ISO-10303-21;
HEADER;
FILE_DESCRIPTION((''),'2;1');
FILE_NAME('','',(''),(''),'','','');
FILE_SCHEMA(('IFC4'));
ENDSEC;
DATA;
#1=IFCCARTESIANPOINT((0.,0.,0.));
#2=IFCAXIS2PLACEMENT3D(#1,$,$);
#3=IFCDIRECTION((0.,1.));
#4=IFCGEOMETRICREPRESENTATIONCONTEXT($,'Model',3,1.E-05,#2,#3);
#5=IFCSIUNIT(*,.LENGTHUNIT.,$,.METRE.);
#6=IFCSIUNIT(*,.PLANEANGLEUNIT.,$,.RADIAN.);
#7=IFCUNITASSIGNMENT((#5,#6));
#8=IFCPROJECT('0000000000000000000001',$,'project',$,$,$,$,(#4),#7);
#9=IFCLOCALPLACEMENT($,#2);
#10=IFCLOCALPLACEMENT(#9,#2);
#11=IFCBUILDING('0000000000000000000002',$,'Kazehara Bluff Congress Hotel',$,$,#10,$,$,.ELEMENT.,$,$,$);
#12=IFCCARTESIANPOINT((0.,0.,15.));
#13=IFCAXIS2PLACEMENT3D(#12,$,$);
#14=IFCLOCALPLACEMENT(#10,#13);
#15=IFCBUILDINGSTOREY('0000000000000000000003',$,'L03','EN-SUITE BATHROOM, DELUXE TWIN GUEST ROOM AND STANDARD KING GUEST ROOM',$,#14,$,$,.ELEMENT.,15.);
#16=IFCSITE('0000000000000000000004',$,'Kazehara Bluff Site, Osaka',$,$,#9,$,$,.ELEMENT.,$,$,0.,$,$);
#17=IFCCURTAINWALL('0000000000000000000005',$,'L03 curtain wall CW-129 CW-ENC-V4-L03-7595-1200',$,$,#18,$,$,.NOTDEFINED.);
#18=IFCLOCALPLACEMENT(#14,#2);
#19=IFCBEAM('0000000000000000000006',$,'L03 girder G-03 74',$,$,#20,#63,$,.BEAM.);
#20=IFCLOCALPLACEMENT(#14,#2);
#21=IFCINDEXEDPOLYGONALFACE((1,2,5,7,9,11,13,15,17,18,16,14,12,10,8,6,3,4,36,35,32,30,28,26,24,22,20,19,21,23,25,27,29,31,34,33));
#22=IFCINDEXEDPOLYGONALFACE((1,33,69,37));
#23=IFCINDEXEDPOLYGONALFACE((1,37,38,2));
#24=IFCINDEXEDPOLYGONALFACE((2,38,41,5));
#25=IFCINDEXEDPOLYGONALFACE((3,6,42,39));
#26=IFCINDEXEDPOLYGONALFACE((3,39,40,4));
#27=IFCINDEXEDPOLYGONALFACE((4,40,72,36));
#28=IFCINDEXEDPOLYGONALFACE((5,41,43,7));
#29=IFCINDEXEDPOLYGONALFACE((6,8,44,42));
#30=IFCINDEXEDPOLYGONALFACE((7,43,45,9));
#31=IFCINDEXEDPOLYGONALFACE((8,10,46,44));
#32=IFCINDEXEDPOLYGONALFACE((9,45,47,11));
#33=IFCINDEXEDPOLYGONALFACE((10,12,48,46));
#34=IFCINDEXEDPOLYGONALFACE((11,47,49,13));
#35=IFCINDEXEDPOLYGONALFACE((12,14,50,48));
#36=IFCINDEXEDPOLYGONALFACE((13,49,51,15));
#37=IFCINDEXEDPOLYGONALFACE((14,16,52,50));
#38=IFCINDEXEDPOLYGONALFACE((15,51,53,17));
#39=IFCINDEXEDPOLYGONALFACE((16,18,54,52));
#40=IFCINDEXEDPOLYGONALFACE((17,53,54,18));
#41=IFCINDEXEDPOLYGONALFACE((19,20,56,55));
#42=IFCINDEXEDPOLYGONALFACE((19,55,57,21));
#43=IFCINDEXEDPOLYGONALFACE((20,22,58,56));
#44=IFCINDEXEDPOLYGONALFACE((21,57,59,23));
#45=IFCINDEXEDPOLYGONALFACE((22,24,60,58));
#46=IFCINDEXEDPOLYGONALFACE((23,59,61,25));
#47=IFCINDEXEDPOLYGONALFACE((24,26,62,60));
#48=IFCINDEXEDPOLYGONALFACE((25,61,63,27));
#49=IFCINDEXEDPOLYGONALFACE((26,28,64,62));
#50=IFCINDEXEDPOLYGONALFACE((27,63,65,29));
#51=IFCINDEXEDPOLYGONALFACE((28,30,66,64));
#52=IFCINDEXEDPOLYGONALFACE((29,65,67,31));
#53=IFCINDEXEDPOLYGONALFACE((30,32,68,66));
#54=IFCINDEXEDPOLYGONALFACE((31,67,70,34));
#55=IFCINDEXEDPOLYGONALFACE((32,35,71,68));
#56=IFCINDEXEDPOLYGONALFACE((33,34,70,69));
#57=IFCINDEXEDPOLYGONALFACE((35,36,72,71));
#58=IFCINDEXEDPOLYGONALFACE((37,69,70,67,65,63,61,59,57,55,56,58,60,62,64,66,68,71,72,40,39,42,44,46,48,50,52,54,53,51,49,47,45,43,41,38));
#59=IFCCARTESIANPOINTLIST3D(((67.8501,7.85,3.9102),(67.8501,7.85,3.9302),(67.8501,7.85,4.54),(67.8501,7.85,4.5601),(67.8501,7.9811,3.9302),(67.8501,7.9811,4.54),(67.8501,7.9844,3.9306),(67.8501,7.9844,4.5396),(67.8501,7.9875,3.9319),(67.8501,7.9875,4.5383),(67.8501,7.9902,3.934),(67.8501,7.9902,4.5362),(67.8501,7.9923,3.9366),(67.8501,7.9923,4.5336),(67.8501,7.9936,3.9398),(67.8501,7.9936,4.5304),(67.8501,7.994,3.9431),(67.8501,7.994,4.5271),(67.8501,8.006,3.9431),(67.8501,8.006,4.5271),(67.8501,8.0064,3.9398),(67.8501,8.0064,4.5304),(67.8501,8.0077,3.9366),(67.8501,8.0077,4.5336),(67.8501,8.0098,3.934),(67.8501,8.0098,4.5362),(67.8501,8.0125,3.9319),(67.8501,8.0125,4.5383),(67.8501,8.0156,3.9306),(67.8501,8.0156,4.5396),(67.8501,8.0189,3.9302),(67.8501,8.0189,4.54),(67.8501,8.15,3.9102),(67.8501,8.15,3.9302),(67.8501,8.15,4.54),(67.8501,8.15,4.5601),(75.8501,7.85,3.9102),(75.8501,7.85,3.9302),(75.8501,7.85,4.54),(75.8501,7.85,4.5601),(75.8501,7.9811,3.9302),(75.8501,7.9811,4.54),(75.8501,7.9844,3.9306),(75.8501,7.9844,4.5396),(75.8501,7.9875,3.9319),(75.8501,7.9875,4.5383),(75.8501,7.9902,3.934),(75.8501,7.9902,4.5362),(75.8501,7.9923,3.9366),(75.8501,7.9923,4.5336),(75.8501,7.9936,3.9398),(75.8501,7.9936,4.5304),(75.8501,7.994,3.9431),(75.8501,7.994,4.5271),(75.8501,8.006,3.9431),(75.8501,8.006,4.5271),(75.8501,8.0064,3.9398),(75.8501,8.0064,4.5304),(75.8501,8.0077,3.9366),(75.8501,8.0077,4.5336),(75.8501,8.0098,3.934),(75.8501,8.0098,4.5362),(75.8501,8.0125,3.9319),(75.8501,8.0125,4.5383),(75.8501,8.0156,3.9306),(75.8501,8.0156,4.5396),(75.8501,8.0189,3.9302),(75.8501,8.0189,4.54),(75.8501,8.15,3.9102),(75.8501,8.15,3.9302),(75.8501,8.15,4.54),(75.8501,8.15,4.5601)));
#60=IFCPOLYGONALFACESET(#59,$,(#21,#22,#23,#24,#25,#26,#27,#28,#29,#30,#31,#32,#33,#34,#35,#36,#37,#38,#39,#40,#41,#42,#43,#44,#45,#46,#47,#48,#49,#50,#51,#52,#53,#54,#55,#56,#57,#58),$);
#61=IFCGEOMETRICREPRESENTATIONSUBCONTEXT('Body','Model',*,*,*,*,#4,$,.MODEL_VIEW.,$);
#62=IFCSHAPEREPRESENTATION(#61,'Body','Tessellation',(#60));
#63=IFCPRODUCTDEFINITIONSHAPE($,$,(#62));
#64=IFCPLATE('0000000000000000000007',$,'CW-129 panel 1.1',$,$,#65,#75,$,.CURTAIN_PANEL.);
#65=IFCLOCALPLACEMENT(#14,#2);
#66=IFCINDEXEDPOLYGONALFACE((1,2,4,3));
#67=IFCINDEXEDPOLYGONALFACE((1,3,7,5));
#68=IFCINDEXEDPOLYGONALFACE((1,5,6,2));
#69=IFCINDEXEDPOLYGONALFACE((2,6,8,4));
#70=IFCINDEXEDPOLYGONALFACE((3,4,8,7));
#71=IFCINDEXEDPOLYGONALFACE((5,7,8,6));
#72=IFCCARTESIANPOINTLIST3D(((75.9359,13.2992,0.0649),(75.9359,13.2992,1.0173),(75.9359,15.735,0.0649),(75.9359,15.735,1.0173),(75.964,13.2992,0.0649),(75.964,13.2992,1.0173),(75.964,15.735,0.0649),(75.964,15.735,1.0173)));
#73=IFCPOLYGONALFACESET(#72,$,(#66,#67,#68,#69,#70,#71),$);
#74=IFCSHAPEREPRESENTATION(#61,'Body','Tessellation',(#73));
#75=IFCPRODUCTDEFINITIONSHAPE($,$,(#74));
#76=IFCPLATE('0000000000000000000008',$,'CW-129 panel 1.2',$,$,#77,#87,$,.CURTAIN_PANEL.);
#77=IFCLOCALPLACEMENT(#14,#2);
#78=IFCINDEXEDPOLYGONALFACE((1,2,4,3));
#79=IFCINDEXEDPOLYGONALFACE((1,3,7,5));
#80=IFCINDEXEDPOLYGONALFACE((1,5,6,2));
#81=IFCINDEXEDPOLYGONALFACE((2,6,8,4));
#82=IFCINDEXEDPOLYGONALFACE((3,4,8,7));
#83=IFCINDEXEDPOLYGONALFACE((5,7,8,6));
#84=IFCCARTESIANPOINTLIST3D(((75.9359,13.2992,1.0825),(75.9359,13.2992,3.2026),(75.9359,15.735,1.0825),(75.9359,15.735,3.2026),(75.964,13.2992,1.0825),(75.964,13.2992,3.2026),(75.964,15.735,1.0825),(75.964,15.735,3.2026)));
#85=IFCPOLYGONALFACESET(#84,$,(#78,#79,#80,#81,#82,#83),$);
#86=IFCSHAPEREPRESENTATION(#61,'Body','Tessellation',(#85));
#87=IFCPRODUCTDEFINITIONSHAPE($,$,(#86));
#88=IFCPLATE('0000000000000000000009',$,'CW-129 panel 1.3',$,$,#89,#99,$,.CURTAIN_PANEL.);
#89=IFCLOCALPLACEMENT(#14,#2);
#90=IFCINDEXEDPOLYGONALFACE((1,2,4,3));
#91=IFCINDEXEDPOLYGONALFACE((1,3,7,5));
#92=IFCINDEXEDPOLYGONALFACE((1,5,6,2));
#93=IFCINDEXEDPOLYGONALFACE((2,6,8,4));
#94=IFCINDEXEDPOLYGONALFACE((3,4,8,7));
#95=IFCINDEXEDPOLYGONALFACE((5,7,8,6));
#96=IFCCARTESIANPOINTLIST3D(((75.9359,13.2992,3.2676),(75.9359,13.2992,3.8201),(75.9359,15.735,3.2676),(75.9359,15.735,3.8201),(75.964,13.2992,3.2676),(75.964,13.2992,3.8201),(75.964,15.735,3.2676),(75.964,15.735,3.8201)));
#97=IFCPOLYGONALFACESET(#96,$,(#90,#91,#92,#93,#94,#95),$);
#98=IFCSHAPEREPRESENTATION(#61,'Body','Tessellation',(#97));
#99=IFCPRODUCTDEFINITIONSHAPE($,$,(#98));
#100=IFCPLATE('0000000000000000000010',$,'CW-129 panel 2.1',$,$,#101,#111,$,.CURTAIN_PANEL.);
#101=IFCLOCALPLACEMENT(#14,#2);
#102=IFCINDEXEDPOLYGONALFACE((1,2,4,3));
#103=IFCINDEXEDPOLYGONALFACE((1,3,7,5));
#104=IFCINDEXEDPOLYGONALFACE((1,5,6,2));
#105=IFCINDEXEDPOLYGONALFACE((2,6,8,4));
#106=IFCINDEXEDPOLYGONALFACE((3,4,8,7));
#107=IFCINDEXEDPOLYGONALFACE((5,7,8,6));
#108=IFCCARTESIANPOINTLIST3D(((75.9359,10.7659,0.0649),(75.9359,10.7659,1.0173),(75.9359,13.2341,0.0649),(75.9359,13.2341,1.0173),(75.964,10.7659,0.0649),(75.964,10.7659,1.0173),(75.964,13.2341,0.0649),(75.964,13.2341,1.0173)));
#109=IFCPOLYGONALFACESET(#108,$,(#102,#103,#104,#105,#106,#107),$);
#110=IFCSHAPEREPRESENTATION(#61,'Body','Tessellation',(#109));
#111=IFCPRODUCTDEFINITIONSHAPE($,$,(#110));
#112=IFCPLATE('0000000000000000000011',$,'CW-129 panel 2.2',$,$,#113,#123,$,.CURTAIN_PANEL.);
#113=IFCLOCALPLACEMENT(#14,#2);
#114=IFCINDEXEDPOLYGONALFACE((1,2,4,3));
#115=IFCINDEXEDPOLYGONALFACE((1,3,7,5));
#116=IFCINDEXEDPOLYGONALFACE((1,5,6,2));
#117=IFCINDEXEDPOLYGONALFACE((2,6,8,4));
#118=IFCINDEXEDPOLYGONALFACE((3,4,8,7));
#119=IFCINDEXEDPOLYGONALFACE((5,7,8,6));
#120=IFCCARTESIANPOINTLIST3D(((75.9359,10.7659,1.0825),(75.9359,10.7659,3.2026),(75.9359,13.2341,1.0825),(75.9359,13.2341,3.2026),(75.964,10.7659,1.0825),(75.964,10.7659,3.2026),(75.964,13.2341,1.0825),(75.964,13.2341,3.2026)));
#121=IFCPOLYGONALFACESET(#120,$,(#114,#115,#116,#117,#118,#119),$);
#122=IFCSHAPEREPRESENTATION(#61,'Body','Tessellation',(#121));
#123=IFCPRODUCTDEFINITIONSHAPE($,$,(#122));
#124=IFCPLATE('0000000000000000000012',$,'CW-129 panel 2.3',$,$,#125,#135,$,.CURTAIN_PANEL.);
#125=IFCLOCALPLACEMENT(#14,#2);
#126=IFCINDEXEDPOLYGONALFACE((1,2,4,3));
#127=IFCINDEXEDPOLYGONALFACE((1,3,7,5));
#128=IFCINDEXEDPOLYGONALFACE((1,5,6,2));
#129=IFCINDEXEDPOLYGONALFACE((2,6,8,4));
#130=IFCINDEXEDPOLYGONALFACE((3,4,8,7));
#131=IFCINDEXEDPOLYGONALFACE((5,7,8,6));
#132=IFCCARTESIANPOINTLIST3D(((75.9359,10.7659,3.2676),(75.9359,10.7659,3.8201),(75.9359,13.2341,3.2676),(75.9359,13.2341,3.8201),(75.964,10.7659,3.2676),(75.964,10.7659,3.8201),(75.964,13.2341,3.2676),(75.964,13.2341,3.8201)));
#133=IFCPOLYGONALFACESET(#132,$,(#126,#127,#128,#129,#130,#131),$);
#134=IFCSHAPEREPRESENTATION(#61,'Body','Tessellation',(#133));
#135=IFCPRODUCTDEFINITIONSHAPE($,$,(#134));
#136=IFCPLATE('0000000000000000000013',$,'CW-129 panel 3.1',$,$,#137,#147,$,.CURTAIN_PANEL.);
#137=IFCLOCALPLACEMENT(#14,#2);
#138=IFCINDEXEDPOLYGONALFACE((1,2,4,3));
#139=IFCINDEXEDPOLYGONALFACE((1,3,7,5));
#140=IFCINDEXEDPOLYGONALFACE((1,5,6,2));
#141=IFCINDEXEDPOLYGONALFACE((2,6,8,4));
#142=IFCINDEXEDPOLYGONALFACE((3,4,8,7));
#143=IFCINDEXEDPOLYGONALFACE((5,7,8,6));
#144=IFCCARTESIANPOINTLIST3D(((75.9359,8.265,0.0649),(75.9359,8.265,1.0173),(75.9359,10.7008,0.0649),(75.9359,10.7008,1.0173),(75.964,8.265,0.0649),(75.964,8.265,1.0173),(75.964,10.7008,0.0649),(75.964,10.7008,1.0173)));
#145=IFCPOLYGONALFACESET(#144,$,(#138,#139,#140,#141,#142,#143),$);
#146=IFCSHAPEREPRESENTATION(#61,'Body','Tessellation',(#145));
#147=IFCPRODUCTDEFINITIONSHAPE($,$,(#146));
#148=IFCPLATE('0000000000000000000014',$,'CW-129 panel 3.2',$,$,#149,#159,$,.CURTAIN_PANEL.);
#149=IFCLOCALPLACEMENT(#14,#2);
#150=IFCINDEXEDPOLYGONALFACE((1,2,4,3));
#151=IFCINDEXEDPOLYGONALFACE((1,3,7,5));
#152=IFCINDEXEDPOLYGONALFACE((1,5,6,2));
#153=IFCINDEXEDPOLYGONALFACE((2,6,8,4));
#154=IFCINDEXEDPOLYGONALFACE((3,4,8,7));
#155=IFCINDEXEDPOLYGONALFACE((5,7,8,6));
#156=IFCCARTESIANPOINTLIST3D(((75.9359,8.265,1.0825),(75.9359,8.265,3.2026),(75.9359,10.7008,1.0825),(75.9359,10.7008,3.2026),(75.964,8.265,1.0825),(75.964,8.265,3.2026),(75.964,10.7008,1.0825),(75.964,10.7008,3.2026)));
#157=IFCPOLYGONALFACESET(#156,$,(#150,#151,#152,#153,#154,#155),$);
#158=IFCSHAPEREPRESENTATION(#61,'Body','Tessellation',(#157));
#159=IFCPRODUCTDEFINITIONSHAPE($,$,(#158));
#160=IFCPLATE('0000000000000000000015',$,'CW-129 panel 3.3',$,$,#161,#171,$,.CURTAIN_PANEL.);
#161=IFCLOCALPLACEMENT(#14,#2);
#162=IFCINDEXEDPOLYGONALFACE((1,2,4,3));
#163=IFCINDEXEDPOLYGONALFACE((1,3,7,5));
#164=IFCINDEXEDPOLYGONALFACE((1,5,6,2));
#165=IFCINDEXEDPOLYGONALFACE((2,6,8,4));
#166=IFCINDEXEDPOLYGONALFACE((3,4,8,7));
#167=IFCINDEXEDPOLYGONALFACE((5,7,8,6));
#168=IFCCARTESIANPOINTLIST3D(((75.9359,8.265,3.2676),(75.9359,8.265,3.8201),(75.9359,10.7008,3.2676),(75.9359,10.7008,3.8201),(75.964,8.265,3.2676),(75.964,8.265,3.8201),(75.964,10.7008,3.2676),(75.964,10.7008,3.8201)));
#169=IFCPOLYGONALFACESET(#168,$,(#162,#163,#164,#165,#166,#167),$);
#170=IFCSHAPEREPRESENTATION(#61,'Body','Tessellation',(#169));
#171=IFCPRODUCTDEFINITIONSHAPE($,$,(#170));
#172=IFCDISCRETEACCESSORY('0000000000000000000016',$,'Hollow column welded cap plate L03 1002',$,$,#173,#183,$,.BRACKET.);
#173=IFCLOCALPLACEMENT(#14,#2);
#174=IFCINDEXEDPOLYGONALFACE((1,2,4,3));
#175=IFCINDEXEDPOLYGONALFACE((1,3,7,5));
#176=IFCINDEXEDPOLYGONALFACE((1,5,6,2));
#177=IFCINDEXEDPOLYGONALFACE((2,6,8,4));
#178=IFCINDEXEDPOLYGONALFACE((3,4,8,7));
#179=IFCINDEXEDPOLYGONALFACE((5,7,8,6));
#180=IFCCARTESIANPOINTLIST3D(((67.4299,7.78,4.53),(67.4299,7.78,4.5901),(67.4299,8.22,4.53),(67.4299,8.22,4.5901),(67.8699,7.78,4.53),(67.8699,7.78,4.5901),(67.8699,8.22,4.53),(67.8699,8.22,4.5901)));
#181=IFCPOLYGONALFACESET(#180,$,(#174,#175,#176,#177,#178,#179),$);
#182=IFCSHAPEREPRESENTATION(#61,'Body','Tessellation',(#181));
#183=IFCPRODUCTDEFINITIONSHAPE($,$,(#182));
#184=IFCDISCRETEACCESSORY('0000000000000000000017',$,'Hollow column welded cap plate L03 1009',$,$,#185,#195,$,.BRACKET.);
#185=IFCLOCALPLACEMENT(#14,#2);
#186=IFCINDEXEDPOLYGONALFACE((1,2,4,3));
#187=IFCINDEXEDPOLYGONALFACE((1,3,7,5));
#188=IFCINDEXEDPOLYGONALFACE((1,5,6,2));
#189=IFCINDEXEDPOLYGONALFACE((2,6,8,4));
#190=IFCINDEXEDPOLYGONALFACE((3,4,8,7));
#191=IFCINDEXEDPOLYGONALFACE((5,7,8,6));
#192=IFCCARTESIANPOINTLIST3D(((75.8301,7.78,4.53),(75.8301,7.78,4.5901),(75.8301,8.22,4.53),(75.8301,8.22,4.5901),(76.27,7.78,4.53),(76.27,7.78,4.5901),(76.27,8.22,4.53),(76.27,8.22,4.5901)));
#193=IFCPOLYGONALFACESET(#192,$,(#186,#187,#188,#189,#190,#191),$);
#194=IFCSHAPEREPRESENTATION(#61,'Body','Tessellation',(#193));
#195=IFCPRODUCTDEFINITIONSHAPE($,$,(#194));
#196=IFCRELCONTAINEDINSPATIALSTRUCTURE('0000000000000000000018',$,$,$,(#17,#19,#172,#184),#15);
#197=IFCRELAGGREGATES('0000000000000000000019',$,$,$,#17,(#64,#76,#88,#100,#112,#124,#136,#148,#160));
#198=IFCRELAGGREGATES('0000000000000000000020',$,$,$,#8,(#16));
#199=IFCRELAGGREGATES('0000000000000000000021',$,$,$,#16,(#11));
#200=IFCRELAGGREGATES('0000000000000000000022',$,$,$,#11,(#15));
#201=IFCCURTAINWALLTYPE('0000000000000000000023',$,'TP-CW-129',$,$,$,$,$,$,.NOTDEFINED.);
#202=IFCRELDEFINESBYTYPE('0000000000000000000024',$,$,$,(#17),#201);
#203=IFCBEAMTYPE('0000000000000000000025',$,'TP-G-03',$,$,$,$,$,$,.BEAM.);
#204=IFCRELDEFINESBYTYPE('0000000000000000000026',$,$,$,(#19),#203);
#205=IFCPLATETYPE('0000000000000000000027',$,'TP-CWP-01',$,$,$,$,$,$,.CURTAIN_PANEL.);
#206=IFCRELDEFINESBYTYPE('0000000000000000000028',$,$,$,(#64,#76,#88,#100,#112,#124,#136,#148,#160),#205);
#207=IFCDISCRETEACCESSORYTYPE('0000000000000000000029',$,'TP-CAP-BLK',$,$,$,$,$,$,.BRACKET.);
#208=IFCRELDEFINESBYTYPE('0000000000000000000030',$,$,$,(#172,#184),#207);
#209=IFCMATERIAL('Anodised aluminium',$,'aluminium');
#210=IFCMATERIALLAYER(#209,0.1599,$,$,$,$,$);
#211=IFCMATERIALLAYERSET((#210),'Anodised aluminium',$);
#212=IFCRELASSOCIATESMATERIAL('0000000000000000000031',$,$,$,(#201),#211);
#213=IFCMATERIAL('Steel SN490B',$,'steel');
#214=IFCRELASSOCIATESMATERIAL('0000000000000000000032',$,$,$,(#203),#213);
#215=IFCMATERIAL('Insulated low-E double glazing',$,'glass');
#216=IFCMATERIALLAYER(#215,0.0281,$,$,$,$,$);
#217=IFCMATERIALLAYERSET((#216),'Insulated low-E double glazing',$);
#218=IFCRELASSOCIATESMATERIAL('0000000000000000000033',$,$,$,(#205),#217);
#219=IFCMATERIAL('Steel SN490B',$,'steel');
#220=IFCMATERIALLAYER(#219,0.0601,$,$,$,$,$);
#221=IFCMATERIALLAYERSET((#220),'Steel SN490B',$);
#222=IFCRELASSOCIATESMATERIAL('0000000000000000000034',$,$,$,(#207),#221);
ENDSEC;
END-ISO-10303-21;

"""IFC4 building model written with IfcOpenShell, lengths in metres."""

from ifc_helpers import new_model, si_unit, direction, frame, origin, origin_2d, place, context, subcontext, project, spatial, rectangle, i_section, extrude, material, layer, layer_set, material_profile, profile_set, type_object, element, aggregate, save


model = new_model("IFC4")

# Units and contexts
model_context = context("Model", 3, precision=1e-05, world=origin(), true_north=direction((0.0, 1.0)))
body_context = subcontext(model_context, "Body", "Model", "MODEL_VIEW")
ifc_project = project(units=[si_unit("LENGTHUNIT", "METRE"), si_unit("PLANEANGLEUNIT", "RADIAN")], contexts=[model_context])

# Site, building, storey
site_placement = place(None, origin())
site = spatial("IfcSite", under=ifc_project, at=site_placement, Name="Kazehara Bluff Site, Osaka", CompositionType="ELEMENT", RefElevation=0.0)
building_placement = place(site_placement, origin())
building = spatial("IfcBuilding", under=site, at=building_placement, Name="Kazehara Bluff Congress Hotel", CompositionType="ELEMENT")
storey_placement = place(building_placement, frame((0.0, 0.0, 15.0)))
storey = spatial("IfcBuildingStorey", under=building, at=storey_placement, Name="L03", Description="EN-SUITE BATHROOM, DELUXE TWIN GUEST ROOM AND STANDARD KING GUEST ROOM", CompositionType="ELEMENT", Elevation=15.0)

# Curtain wall
ifc_material_1 = material(Name="Anodised aluminium", Category="aluminium")
ifc_layer_1 = layer(ifc_material_1, 0.1599)
ifc_layer_set_1 = layer_set([ifc_layer_1], Name="Anodised aluminium")
curtain_wall_type = type_object("IfcCurtainWallType", Name="TP-CW-129", PredefinedType="NOTDEFINED", material=ifc_layer_set_1)
curtain_wall_placement = place(storey_placement, origin())
curtain_wall = element("IfcCurtainWall", 1, at=curtain_wall_placement, inside=storey, type_object=curtain_wall_type, Name="L03 curtain wall CW-129 CW-ENC-V4-L03-7595-1200", PredefinedType="NOTDEFINED")

# Beam
ifc_material_2 = material(Name="Steel SN490B", Category="steel")
ifc_material_profile_1 = material_profile(ifc_material_2, i_section(OverallWidth=0.3, OverallDepth=0.6499, WebThickness=0.012, FlangeThickness=0.02, FilletRadius=0.0129, at=origin_2d()))
ifc_profile_set_1 = profile_set([ifc_material_profile_1], Name="Steel SN490B")
beam_type = type_object("IfcBeamType", Name="TP-G-03", PredefinedType="BEAM", material=ifc_profile_set_1)
beam_1_placement = place(storey_placement, frame((67.8501, 8.0, 4.2351), z_axis=(1.0, 0.0, 0.0), x_axis=(0.0, 1.0, 0.0)))
element("IfcBeam", 2, at=beam_1_placement, inside=storey, type_object=beam_type, Name="L03 girder G-03 74", PredefinedType="BEAM", context=body_context, shape_type="SweptSolid", body=[
    extrude(i_section(OverallWidth=0.3, OverallDepth=0.6499, WebThickness=0.012, FlangeThickness=0.02, FilletRadius=0.0129, at=origin_2d()), origin(), (0.0, 0.0, 1.0), 8.0),
])

# Plates
ifc_material_3 = material(Name="Insulated low-E double glazing", Category="glass")
ifc_layer_2 = layer(ifc_material_3, 0.0281)
ifc_layer_set_2 = layer_set([ifc_layer_2], Name="Insulated low-E double glazing")
plate_type = type_object("IfcPlateType", Name="TP-CWP-01", PredefinedType="CURTAIN_PANEL", material=ifc_layer_set_2)
plate_1_placement = place(storey_placement, frame((75.95, 14.5171, 0.0649), z_axis=(0.0, 0.0, 1.0), x_axis=(0.0, -1.0, 0.0)))
plate_1 = element("IfcPlate", 3, at=plate_1_placement, type_object=plate_type, Name="CW-129 panel 1.1", PredefinedType="CURTAIN_PANEL", context=body_context, shape_type="SweptSolid", body=[
    extrude(rectangle(XDim=2.4358, YDim=0.0281, at=origin_2d()), origin(), (0.0, 0.0, 1.0), 0.9524),
])
plate_2_placement = place(storey_placement, frame((75.95, 14.5171, 1.0825), z_axis=(0.0, 0.0, 1.0), x_axis=(0.0, -1.0, 0.0)))
plate_2 = element("IfcPlate", 4, at=plate_2_placement, type_object=plate_type, Name="CW-129 panel 1.2", PredefinedType="CURTAIN_PANEL", context=body_context, shape_type="SweptSolid", body=[
    extrude(rectangle(XDim=2.4358, YDim=0.0281, at=origin_2d()), origin(), (0.0, 0.0, 1.0), 2.1201),
])
plate_3_placement = place(storey_placement, frame((75.95, 14.5171, 3.2676), z_axis=(0.0, 0.0, 1.0), x_axis=(0.0, -1.0, 0.0)))
plate_3 = element("IfcPlate", 5, at=plate_3_placement, type_object=plate_type, Name="CW-129 panel 1.3", PredefinedType="CURTAIN_PANEL", context=body_context, shape_type="SweptSolid", body=[
    extrude(rectangle(XDim=2.4358, YDim=0.0281, at=origin_2d()), origin(), (0.0, 0.0, 1.0), 0.5525),
])
plate_4_placement = place(storey_placement, frame((75.95, 12.0, 0.0649), z_axis=(0.0, 0.0, 1.0), x_axis=(0.0, -1.0, 0.0)))
plate_4 = element("IfcPlate", 6, at=plate_4_placement, type_object=plate_type, Name="CW-129 panel 2.1", PredefinedType="CURTAIN_PANEL", context=body_context, shape_type="SweptSolid", body=[
    extrude(rectangle(XDim=2.4683, YDim=0.0281, at=origin_2d()), origin(), (0.0, 0.0, 1.0), 0.9524),
])
plate_5_placement = place(storey_placement, frame((75.95, 12.0, 1.0825), z_axis=(0.0, 0.0, 1.0), x_axis=(0.0, -1.0, 0.0)))
plate_5 = element("IfcPlate", 7, at=plate_5_placement, type_object=plate_type, Name="CW-129 panel 2.2", PredefinedType="CURTAIN_PANEL", context=body_context, shape_type="SweptSolid", body=[
    extrude(rectangle(XDim=2.4683, YDim=0.0281, at=origin_2d()), origin(), (0.0, 0.0, 1.0), 2.1201),
])
plate_6_placement = place(storey_placement, frame((75.95, 12.0, 3.2676), z_axis=(0.0, 0.0, 1.0), x_axis=(0.0, -1.0, 0.0)))
plate_6 = element("IfcPlate", 8, at=plate_6_placement, type_object=plate_type, Name="CW-129 panel 2.3", PredefinedType="CURTAIN_PANEL", context=body_context, shape_type="SweptSolid", body=[
    extrude(rectangle(XDim=2.4683, YDim=0.0281, at=origin_2d()), origin(), (0.0, 0.0, 1.0), 0.5525),
])
plate_7_placement = place(storey_placement, frame((75.95, 9.4829, 0.0649), z_axis=(0.0, 0.0, 1.0), x_axis=(0.0, -1.0, 0.0)))
plate_7 = element("IfcPlate", 9, at=plate_7_placement, type_object=plate_type, Name="CW-129 panel 3.1", PredefinedType="CURTAIN_PANEL", context=body_context, shape_type="SweptSolid", body=[
    extrude(rectangle(XDim=2.4358, YDim=0.0281, at=origin_2d()), origin(), (0.0, 0.0, 1.0), 0.9524),
])
plate_8_placement = place(storey_placement, frame((75.95, 9.4829, 1.0825), z_axis=(0.0, 0.0, 1.0), x_axis=(0.0, -1.0, 0.0)))
plate_8 = element("IfcPlate", 10, at=plate_8_placement, type_object=plate_type, Name="CW-129 panel 3.2", PredefinedType="CURTAIN_PANEL", context=body_context, shape_type="SweptSolid", body=[
    extrude(rectangle(XDim=2.4358, YDim=0.0281, at=origin_2d()), origin(), (0.0, 0.0, 1.0), 2.1201),
])
plate_9_placement = place(storey_placement, frame((75.95, 9.4829, 3.2676), z_axis=(0.0, 0.0, 1.0), x_axis=(0.0, -1.0, 0.0)))
plate_9 = element("IfcPlate", 11, at=plate_9_placement, type_object=plate_type, Name="CW-129 panel 3.3", PredefinedType="CURTAIN_PANEL", context=body_context, shape_type="SweptSolid", body=[
    extrude(rectangle(XDim=2.4358, YDim=0.0281, at=origin_2d()), origin(), (0.0, 0.0, 1.0), 0.5525),
])
aggregate(curtain_wall, [plate_1, plate_2, plate_3, plate_4, plate_5, plate_6, plate_7, plate_8, plate_9])

# Discrete accessories
ifc_material_4 = material(Name="Steel SN490B", Category="steel")
ifc_layer_3 = layer(ifc_material_4, 0.0601)
ifc_layer_set_3 = layer_set([ifc_layer_3], Name="Steel SN490B")
discrete_accessory_type = type_object("IfcDiscreteAccessoryType", Name="TP-CAP-BLK", PredefinedType="BRACKET", material=ifc_layer_set_3)
for number, where, z_axis, x_axis, name in (
    (12, (67.6499, 8.0, 4.53), (0.0, 0.0, 1.0), (1.0, 0.0, 0.0), "Hollow column welded cap plate L03 1002"),
    (13, (76.05, 8.0, 4.53), (0.0, 0.0, 1.0), (1.0, 0.0, 0.0), "Hollow column welded cap plate L03 1009"),
):
    element("IfcDiscreteAccessory", number, at=place(storey_placement, frame(where, z_axis=z_axis, x_axis=x_axis)), inside=storey, type_object=discrete_accessory_type, Name=name, PredefinedType="BRACKET", context=body_context, shape_type="SweptSolid", body=[
        extrude(rectangle(XDim=0.4399, YDim=0.4399, at=origin_2d()), origin(), (0.0, 0.0, 1.0), 0.0601),
    ])

save(model, "model.ifc")
